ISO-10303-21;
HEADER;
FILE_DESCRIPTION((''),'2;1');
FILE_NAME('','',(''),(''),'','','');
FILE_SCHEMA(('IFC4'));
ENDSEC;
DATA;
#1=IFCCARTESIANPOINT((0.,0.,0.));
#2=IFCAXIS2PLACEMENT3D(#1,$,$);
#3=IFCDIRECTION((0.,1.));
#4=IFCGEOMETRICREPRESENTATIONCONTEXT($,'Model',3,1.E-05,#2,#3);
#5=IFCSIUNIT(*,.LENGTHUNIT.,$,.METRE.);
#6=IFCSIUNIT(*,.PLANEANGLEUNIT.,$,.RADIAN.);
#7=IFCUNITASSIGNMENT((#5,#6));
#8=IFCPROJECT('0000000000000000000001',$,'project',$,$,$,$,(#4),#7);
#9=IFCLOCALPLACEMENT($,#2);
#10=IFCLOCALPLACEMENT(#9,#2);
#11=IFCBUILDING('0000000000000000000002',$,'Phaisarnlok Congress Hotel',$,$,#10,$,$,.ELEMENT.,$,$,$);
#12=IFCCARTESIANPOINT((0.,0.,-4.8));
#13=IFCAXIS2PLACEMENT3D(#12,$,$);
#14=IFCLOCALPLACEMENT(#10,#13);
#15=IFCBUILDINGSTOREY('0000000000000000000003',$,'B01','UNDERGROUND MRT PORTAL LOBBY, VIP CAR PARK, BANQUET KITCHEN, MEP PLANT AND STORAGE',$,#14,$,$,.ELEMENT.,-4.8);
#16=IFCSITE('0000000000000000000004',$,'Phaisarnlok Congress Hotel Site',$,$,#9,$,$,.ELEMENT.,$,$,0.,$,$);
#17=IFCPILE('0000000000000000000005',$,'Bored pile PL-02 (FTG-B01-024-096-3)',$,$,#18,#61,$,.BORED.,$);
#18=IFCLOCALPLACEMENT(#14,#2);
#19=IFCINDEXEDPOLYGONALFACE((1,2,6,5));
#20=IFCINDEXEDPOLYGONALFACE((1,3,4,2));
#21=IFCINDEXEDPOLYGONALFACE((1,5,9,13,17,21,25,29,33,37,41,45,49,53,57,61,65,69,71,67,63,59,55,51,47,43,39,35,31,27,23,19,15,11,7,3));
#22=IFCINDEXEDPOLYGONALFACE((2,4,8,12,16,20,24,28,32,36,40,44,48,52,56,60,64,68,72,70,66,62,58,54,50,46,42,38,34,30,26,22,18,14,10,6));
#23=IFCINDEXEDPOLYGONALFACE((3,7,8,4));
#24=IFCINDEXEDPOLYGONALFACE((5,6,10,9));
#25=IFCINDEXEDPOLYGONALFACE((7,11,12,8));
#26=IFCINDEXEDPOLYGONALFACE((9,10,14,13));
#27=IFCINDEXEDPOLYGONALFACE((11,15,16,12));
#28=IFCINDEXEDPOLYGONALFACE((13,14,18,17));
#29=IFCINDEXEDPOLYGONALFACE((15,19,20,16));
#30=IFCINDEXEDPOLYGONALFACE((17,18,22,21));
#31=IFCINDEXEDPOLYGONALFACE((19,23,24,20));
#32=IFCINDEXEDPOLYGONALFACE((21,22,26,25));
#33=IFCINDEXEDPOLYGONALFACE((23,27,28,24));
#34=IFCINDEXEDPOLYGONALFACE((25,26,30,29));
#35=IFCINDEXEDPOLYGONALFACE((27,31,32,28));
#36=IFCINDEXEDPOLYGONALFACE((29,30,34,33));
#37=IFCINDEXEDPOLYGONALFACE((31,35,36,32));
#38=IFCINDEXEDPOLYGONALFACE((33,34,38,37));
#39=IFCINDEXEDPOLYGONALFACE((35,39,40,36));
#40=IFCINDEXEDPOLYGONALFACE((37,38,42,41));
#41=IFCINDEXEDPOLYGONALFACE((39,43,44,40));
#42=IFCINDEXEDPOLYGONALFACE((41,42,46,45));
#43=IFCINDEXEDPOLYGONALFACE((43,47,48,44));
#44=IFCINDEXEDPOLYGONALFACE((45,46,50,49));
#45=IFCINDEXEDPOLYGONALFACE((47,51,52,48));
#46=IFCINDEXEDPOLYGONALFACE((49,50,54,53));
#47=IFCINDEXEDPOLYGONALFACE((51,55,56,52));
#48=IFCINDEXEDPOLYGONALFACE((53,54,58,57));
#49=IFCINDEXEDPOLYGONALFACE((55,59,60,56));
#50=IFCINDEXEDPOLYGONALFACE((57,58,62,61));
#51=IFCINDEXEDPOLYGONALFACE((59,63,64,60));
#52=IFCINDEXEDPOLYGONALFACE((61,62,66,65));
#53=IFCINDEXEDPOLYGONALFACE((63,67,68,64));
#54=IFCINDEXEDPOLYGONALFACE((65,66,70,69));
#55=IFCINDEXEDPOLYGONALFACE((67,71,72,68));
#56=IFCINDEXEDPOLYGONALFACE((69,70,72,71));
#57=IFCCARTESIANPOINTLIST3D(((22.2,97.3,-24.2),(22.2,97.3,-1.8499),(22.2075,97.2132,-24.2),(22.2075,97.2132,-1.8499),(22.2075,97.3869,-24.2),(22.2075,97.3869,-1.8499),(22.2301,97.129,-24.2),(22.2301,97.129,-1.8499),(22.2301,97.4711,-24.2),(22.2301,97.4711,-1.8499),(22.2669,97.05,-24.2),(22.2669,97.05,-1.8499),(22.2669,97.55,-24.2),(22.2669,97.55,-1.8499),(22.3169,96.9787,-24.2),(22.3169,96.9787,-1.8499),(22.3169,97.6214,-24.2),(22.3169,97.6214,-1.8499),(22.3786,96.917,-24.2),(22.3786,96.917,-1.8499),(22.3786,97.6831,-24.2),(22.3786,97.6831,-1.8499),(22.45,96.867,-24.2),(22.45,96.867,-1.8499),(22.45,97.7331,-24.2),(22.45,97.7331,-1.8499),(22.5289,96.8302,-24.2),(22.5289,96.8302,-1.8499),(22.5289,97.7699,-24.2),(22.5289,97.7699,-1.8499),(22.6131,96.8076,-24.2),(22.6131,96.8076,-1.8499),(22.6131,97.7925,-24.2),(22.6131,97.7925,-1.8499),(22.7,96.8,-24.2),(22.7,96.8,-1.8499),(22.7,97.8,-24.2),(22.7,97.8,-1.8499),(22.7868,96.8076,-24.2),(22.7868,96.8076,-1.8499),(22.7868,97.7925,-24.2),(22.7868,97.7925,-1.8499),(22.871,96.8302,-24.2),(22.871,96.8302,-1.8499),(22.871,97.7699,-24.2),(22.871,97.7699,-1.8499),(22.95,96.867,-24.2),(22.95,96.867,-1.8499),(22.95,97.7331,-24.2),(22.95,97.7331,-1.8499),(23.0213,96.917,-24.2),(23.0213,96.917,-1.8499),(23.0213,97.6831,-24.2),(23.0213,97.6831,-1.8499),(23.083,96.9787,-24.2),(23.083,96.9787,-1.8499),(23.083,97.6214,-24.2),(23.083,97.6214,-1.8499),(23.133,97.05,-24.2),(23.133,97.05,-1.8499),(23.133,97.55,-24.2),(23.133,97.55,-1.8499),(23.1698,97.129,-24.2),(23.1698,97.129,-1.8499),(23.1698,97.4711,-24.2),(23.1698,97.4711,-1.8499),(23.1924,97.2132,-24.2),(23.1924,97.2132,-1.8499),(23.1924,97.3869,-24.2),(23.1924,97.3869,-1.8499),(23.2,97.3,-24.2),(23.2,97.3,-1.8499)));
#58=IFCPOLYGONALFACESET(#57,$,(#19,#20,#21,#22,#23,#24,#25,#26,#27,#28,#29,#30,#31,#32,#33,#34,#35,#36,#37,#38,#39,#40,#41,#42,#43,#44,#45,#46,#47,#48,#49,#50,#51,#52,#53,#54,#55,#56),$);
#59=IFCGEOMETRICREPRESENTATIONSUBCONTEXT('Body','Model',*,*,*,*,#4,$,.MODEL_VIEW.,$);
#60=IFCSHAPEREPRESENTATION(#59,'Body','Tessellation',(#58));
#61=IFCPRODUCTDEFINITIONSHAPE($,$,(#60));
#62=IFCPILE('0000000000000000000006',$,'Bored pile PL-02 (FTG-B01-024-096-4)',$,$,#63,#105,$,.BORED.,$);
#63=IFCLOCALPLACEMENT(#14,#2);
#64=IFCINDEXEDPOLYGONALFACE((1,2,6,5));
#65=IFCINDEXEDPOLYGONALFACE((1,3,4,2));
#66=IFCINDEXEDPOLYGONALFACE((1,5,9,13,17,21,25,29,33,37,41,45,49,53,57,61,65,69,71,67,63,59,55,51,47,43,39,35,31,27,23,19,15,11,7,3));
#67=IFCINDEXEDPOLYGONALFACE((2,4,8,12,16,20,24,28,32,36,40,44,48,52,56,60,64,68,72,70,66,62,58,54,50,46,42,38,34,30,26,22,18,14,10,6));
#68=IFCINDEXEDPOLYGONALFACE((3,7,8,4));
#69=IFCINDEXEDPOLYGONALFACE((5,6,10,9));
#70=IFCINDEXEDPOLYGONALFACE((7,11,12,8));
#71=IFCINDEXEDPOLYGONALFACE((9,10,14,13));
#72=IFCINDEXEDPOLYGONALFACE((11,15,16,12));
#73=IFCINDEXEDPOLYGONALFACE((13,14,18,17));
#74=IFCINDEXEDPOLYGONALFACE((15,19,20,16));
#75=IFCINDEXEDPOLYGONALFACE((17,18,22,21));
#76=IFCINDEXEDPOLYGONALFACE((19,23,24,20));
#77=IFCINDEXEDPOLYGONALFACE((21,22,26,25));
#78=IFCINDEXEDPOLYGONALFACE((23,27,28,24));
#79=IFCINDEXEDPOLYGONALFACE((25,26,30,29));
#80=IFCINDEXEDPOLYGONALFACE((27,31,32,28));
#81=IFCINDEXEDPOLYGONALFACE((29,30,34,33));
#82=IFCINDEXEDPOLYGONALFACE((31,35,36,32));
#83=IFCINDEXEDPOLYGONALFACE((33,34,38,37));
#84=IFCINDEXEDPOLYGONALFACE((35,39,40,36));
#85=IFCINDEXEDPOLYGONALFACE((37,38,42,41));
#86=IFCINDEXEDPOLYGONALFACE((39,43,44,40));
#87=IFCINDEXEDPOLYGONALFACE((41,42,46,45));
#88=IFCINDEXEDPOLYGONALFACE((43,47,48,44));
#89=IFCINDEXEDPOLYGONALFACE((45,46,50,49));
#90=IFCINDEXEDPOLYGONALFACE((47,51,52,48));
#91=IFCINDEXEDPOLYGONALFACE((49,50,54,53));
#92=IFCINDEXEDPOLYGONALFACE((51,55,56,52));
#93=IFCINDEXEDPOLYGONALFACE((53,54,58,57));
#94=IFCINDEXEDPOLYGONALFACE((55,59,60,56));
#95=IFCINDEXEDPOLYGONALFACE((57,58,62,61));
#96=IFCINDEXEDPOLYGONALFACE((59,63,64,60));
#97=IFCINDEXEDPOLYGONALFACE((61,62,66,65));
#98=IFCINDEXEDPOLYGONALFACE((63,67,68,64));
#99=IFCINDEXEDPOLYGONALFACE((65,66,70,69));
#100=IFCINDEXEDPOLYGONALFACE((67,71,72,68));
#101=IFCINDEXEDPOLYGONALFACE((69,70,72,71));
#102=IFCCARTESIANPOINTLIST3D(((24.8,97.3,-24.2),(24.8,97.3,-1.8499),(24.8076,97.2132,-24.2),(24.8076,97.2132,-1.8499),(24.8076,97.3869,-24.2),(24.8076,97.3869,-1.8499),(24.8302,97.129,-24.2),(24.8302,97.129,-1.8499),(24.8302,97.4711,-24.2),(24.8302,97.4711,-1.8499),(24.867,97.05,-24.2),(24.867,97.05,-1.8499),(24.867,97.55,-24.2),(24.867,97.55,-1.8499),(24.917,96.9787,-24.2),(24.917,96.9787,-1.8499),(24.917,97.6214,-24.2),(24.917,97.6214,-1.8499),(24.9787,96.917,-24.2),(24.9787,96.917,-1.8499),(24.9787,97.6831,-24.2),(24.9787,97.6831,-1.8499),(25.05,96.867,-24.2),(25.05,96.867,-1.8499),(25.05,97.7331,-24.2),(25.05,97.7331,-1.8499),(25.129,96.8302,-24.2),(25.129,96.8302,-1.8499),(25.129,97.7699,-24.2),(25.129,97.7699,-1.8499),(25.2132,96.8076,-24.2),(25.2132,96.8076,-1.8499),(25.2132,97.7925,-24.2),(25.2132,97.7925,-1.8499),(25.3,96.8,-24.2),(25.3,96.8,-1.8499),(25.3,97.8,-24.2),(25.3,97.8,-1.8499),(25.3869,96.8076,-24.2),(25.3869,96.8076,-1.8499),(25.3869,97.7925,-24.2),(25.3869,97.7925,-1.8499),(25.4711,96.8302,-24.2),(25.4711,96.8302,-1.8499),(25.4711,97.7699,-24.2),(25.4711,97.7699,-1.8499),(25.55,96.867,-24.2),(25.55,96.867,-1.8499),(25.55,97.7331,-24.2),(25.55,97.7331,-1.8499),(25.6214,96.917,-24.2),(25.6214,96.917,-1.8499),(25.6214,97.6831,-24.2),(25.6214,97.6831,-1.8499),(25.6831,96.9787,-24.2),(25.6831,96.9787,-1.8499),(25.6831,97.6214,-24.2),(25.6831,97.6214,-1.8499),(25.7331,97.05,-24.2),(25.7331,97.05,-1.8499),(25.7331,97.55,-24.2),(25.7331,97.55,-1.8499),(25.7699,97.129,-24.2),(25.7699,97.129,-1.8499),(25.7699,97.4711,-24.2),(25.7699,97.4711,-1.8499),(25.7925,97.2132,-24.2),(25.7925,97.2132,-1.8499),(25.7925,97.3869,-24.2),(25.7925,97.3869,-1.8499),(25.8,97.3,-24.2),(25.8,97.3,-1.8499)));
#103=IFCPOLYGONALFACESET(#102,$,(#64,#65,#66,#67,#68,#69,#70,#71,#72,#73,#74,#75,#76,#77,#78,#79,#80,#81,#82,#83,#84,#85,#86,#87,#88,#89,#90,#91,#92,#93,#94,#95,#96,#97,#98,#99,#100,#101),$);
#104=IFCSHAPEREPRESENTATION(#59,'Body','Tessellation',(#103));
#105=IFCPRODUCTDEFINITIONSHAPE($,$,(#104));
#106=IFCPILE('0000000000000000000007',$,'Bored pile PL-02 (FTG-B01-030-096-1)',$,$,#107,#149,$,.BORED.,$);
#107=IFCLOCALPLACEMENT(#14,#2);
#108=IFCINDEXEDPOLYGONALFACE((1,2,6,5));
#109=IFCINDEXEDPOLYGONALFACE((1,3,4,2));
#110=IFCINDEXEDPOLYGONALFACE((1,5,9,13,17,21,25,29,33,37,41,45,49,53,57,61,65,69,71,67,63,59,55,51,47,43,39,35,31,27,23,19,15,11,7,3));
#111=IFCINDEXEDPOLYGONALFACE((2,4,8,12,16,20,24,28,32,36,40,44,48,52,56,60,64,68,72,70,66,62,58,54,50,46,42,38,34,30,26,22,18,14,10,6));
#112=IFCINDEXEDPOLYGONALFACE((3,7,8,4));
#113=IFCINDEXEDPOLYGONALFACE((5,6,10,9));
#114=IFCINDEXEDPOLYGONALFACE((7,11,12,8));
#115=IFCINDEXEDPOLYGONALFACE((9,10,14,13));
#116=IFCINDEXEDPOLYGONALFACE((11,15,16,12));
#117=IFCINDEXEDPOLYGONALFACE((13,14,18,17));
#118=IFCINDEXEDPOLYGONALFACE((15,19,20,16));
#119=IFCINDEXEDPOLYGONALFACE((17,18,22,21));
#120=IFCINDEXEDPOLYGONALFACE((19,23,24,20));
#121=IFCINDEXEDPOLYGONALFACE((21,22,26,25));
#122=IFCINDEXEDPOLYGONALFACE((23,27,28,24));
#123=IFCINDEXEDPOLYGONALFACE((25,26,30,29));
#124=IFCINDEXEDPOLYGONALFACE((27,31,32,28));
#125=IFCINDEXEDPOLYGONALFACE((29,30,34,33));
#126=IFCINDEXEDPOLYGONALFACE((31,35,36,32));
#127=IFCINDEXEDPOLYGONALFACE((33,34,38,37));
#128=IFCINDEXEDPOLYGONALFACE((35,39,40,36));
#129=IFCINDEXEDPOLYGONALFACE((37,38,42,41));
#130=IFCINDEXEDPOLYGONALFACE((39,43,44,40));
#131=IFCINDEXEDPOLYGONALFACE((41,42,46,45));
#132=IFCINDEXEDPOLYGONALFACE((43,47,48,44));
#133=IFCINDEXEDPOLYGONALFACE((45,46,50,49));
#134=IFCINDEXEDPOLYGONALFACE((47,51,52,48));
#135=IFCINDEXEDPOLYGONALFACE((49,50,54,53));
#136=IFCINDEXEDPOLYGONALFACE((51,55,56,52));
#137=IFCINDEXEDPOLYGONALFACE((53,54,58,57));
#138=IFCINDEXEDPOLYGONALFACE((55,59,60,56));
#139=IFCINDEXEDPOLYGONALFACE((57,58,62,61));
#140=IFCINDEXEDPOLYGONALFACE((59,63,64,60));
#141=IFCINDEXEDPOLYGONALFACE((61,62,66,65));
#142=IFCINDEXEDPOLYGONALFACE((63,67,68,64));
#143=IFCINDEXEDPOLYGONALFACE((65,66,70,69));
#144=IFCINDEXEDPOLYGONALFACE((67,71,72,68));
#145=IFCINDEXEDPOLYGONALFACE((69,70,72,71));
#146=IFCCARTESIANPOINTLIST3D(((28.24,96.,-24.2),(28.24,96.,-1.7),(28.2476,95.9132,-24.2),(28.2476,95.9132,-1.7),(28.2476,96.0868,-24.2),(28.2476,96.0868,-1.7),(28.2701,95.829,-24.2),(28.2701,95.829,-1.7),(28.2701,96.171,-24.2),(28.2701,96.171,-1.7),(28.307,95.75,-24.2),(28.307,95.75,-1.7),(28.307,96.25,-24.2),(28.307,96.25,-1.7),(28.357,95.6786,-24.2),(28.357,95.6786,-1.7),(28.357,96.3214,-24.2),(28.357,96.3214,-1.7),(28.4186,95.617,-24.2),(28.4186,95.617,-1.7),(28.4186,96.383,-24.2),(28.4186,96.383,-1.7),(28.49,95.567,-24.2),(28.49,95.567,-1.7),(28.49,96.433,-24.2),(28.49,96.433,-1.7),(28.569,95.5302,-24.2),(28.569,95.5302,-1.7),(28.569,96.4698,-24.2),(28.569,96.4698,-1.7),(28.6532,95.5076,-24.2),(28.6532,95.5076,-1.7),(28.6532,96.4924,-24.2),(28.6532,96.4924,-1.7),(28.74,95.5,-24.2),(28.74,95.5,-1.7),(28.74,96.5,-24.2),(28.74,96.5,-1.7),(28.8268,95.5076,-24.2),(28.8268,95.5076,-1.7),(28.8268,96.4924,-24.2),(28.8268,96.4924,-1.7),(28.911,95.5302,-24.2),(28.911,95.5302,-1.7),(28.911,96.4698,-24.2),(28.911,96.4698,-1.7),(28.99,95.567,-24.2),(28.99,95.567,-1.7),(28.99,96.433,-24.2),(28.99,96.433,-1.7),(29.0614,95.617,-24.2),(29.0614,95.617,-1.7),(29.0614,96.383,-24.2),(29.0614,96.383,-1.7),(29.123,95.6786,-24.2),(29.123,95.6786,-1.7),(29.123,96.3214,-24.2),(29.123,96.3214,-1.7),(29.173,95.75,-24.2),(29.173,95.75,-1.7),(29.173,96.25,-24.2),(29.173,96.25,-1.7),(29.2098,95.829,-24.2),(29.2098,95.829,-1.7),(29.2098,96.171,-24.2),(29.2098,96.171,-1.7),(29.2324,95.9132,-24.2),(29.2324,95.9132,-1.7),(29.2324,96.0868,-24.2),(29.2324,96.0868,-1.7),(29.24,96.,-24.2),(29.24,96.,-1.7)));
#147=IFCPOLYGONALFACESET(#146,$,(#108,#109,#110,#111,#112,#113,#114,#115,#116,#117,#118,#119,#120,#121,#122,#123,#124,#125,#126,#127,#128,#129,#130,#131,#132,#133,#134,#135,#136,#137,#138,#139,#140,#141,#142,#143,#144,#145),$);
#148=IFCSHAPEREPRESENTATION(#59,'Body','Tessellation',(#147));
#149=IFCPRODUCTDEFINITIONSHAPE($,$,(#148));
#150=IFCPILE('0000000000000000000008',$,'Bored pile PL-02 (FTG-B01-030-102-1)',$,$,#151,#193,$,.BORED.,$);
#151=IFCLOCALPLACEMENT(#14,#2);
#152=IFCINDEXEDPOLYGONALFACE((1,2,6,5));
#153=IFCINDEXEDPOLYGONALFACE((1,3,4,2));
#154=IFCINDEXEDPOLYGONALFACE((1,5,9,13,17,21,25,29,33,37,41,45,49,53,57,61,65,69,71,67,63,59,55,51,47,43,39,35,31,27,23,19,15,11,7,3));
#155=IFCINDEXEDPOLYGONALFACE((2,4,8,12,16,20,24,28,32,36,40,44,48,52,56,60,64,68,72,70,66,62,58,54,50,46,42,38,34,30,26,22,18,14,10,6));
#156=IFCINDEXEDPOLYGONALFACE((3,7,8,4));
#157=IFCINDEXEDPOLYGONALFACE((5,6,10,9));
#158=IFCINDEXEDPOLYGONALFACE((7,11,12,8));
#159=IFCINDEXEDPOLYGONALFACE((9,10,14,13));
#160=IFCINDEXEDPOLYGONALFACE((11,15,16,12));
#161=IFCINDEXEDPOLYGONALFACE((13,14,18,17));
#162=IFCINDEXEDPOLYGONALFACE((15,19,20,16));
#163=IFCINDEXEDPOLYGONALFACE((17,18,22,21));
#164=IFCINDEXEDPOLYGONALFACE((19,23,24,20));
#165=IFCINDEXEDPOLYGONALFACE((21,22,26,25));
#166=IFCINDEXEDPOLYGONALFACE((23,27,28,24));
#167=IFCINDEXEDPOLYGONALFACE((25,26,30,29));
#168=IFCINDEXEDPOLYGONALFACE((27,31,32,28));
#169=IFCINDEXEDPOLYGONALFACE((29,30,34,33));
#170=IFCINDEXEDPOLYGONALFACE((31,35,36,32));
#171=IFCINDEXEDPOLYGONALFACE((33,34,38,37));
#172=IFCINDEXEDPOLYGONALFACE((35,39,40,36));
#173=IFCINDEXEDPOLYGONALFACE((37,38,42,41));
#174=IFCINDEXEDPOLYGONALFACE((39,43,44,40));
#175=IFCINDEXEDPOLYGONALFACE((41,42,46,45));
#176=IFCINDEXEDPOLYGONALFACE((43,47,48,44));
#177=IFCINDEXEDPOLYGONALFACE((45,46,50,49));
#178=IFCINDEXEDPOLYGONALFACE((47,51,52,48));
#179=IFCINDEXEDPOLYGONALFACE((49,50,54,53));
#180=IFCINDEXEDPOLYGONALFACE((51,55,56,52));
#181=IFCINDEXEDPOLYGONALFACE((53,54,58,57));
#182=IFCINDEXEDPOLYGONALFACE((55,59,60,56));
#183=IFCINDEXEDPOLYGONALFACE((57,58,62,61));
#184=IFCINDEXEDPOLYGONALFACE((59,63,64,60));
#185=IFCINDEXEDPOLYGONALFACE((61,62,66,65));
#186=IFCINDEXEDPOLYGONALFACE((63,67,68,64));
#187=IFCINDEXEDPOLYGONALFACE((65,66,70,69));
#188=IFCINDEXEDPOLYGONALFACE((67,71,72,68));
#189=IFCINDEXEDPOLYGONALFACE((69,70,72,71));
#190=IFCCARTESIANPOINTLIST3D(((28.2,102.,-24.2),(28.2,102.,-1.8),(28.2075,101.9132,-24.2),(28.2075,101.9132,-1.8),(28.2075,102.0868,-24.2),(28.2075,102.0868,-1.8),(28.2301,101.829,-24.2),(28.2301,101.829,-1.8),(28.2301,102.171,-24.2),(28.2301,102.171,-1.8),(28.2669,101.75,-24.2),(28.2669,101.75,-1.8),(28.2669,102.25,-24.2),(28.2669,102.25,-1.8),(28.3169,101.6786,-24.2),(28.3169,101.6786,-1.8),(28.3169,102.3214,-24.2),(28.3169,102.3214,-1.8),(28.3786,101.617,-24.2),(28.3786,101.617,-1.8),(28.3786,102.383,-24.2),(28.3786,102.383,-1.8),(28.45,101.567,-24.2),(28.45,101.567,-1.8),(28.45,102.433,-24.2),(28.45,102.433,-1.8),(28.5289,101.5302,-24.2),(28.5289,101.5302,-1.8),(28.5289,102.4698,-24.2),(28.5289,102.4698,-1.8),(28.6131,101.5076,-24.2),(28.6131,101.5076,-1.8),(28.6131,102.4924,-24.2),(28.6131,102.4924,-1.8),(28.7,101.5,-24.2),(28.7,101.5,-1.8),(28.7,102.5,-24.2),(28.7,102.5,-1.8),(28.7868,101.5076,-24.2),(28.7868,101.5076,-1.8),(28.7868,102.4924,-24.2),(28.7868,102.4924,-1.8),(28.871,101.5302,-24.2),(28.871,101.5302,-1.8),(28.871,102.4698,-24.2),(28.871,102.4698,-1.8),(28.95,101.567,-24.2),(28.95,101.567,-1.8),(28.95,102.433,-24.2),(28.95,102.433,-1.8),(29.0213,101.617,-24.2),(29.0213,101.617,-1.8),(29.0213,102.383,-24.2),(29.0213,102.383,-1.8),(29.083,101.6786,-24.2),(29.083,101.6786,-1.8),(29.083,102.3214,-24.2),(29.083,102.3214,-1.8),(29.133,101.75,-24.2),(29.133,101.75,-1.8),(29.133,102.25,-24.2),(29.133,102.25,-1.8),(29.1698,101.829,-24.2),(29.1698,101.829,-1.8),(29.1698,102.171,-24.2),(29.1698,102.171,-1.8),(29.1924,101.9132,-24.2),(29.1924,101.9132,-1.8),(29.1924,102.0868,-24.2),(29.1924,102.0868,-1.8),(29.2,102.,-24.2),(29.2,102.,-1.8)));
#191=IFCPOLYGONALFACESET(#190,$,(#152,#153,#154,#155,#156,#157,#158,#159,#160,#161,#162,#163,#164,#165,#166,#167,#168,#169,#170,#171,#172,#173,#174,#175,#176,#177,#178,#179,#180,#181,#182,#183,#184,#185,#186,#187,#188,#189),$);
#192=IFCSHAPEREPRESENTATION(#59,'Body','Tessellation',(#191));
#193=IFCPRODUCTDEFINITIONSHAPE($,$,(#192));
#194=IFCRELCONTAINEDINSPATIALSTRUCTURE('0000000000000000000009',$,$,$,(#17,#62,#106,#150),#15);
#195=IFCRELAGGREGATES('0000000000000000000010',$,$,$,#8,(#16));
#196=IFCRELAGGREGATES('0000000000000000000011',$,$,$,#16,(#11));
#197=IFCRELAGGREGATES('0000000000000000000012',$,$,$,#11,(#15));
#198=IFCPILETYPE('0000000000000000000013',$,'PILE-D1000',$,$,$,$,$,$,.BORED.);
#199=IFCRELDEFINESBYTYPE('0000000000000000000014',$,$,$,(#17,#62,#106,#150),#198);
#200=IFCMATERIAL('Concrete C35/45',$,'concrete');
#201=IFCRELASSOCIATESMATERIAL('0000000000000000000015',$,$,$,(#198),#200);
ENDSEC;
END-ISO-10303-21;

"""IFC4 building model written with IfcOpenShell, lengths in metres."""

from ifc_helpers import new_model, si_unit, direction, frame, origin, origin_2d, place, context, subcontext, project, spatial, circle, extrude, material, material_profile, profile_set, type_object, element, save


model = new_model("IFC4")

# Units and contexts
model_context = context("Model", 3, precision=1e-05, world=origin(), true_north=direction((0.0, 1.0)))
body_context = subcontext(model_context, "Body", "Model", "MODEL_VIEW")
ifc_project = project(units=[si_unit("LENGTHUNIT", "METRE"), si_unit("PLANEANGLEUNIT", "RADIAN")], contexts=[model_context])

# Site, building, storey
site_placement = place(None, origin())
site = spatial("IfcSite", under=ifc_project, at=site_placement, Name="Phaisarnlok Congress Hotel Site", CompositionType="ELEMENT", RefElevation=0.0)
building_placement = place(site_placement, origin())
building = spatial("IfcBuilding", under=site, at=building_placement, Name="Phaisarnlok Congress Hotel", CompositionType="ELEMENT")
storey_placement = place(building_placement, frame((0.0, 0.0, -4.8)))
storey = spatial("IfcBuildingStorey", under=building, at=storey_placement, Name="B01", Description="UNDERGROUND MRT PORTAL LOBBY, VIP CAR PARK, BANQUET KITCHEN, MEP PLANT AND STORAGE", CompositionType="ELEMENT", Elevation=-4.8)

# Piles
ifc_material_1 = material(Name="Concrete C35/45", Category="concrete")
ifc_material_profile_1 = material_profile(ifc_material_1, circle(Radius=0.5, at=origin_2d()), Name="BORED PILE D1000")
ifc_profile_set_1 = profile_set([ifc_material_profile_1], Name="Concrete C35/45")
pile_type_1 = type_object("IfcPileType", Name="PILE-D1000", PredefinedType="BORED", material=ifc_profile_set_1)
for number, where, z_axis, x_axis, name in (
    (1, (22.7, 97.3, -1.8499), (0.0, 0.0, -1.0), (1.0, 0.0, 0.0), "Bored pile PL-02 (FTG-B01-024-096-3)"),
    (2, (25.3, 97.3, -1.8499), (0.0, 0.0, -1.0), (1.0, 0.0, 0.0), "Bored pile PL-02 (FTG-B01-024-096-4)"),
):
    element("IfcPile", number, at=place(storey_placement, frame(where, z_axis=z_axis, x_axis=x_axis)), inside=storey, type_object=pile_type_1, Name=name, PredefinedType="BORED", context=body_context, shape_type="SweptSolid", body=[
        extrude(circle(Radius=0.5, at=origin_2d()), origin(), (0.0, 0.0, 1.0), 22.3501),
    ])
pile_1_placement = place(storey_placement, frame((28.74, 96.0, -1.7), z_axis=(0.0, 0.0, -1.0), x_axis=(1.0, 0.0, 0.0)))
element("IfcPile", 3, at=pile_1_placement, inside=storey, type_object=pile_type_1, Name="Bored pile PL-02 (FTG-B01-030-096-1)", PredefinedType="BORED", context=body_context, shape_type="SweptSolid", body=[
    extrude(circle(Radius=0.5, at=origin_2d()), origin(), (0.0, 0.0, 1.0), 22.5),
])
pile_2_placement = place(storey_placement, frame((28.7, 102.0, -1.8), z_axis=(0.0, 0.0, -1.0), x_axis=(1.0, 0.0, 0.0)))
element("IfcPile", 4, at=pile_2_placement, inside=storey, type_object=pile_type_1, Name="Bored pile PL-02 (FTG-B01-030-102-1)", PredefinedType="BORED", context=body_context, shape_type="SweptSolid", body=[
    extrude(circle(Radius=0.5, at=origin_2d()), origin(), (0.0, 0.0, 1.0), 22.3999),
])

save(model, "model.ifc")
